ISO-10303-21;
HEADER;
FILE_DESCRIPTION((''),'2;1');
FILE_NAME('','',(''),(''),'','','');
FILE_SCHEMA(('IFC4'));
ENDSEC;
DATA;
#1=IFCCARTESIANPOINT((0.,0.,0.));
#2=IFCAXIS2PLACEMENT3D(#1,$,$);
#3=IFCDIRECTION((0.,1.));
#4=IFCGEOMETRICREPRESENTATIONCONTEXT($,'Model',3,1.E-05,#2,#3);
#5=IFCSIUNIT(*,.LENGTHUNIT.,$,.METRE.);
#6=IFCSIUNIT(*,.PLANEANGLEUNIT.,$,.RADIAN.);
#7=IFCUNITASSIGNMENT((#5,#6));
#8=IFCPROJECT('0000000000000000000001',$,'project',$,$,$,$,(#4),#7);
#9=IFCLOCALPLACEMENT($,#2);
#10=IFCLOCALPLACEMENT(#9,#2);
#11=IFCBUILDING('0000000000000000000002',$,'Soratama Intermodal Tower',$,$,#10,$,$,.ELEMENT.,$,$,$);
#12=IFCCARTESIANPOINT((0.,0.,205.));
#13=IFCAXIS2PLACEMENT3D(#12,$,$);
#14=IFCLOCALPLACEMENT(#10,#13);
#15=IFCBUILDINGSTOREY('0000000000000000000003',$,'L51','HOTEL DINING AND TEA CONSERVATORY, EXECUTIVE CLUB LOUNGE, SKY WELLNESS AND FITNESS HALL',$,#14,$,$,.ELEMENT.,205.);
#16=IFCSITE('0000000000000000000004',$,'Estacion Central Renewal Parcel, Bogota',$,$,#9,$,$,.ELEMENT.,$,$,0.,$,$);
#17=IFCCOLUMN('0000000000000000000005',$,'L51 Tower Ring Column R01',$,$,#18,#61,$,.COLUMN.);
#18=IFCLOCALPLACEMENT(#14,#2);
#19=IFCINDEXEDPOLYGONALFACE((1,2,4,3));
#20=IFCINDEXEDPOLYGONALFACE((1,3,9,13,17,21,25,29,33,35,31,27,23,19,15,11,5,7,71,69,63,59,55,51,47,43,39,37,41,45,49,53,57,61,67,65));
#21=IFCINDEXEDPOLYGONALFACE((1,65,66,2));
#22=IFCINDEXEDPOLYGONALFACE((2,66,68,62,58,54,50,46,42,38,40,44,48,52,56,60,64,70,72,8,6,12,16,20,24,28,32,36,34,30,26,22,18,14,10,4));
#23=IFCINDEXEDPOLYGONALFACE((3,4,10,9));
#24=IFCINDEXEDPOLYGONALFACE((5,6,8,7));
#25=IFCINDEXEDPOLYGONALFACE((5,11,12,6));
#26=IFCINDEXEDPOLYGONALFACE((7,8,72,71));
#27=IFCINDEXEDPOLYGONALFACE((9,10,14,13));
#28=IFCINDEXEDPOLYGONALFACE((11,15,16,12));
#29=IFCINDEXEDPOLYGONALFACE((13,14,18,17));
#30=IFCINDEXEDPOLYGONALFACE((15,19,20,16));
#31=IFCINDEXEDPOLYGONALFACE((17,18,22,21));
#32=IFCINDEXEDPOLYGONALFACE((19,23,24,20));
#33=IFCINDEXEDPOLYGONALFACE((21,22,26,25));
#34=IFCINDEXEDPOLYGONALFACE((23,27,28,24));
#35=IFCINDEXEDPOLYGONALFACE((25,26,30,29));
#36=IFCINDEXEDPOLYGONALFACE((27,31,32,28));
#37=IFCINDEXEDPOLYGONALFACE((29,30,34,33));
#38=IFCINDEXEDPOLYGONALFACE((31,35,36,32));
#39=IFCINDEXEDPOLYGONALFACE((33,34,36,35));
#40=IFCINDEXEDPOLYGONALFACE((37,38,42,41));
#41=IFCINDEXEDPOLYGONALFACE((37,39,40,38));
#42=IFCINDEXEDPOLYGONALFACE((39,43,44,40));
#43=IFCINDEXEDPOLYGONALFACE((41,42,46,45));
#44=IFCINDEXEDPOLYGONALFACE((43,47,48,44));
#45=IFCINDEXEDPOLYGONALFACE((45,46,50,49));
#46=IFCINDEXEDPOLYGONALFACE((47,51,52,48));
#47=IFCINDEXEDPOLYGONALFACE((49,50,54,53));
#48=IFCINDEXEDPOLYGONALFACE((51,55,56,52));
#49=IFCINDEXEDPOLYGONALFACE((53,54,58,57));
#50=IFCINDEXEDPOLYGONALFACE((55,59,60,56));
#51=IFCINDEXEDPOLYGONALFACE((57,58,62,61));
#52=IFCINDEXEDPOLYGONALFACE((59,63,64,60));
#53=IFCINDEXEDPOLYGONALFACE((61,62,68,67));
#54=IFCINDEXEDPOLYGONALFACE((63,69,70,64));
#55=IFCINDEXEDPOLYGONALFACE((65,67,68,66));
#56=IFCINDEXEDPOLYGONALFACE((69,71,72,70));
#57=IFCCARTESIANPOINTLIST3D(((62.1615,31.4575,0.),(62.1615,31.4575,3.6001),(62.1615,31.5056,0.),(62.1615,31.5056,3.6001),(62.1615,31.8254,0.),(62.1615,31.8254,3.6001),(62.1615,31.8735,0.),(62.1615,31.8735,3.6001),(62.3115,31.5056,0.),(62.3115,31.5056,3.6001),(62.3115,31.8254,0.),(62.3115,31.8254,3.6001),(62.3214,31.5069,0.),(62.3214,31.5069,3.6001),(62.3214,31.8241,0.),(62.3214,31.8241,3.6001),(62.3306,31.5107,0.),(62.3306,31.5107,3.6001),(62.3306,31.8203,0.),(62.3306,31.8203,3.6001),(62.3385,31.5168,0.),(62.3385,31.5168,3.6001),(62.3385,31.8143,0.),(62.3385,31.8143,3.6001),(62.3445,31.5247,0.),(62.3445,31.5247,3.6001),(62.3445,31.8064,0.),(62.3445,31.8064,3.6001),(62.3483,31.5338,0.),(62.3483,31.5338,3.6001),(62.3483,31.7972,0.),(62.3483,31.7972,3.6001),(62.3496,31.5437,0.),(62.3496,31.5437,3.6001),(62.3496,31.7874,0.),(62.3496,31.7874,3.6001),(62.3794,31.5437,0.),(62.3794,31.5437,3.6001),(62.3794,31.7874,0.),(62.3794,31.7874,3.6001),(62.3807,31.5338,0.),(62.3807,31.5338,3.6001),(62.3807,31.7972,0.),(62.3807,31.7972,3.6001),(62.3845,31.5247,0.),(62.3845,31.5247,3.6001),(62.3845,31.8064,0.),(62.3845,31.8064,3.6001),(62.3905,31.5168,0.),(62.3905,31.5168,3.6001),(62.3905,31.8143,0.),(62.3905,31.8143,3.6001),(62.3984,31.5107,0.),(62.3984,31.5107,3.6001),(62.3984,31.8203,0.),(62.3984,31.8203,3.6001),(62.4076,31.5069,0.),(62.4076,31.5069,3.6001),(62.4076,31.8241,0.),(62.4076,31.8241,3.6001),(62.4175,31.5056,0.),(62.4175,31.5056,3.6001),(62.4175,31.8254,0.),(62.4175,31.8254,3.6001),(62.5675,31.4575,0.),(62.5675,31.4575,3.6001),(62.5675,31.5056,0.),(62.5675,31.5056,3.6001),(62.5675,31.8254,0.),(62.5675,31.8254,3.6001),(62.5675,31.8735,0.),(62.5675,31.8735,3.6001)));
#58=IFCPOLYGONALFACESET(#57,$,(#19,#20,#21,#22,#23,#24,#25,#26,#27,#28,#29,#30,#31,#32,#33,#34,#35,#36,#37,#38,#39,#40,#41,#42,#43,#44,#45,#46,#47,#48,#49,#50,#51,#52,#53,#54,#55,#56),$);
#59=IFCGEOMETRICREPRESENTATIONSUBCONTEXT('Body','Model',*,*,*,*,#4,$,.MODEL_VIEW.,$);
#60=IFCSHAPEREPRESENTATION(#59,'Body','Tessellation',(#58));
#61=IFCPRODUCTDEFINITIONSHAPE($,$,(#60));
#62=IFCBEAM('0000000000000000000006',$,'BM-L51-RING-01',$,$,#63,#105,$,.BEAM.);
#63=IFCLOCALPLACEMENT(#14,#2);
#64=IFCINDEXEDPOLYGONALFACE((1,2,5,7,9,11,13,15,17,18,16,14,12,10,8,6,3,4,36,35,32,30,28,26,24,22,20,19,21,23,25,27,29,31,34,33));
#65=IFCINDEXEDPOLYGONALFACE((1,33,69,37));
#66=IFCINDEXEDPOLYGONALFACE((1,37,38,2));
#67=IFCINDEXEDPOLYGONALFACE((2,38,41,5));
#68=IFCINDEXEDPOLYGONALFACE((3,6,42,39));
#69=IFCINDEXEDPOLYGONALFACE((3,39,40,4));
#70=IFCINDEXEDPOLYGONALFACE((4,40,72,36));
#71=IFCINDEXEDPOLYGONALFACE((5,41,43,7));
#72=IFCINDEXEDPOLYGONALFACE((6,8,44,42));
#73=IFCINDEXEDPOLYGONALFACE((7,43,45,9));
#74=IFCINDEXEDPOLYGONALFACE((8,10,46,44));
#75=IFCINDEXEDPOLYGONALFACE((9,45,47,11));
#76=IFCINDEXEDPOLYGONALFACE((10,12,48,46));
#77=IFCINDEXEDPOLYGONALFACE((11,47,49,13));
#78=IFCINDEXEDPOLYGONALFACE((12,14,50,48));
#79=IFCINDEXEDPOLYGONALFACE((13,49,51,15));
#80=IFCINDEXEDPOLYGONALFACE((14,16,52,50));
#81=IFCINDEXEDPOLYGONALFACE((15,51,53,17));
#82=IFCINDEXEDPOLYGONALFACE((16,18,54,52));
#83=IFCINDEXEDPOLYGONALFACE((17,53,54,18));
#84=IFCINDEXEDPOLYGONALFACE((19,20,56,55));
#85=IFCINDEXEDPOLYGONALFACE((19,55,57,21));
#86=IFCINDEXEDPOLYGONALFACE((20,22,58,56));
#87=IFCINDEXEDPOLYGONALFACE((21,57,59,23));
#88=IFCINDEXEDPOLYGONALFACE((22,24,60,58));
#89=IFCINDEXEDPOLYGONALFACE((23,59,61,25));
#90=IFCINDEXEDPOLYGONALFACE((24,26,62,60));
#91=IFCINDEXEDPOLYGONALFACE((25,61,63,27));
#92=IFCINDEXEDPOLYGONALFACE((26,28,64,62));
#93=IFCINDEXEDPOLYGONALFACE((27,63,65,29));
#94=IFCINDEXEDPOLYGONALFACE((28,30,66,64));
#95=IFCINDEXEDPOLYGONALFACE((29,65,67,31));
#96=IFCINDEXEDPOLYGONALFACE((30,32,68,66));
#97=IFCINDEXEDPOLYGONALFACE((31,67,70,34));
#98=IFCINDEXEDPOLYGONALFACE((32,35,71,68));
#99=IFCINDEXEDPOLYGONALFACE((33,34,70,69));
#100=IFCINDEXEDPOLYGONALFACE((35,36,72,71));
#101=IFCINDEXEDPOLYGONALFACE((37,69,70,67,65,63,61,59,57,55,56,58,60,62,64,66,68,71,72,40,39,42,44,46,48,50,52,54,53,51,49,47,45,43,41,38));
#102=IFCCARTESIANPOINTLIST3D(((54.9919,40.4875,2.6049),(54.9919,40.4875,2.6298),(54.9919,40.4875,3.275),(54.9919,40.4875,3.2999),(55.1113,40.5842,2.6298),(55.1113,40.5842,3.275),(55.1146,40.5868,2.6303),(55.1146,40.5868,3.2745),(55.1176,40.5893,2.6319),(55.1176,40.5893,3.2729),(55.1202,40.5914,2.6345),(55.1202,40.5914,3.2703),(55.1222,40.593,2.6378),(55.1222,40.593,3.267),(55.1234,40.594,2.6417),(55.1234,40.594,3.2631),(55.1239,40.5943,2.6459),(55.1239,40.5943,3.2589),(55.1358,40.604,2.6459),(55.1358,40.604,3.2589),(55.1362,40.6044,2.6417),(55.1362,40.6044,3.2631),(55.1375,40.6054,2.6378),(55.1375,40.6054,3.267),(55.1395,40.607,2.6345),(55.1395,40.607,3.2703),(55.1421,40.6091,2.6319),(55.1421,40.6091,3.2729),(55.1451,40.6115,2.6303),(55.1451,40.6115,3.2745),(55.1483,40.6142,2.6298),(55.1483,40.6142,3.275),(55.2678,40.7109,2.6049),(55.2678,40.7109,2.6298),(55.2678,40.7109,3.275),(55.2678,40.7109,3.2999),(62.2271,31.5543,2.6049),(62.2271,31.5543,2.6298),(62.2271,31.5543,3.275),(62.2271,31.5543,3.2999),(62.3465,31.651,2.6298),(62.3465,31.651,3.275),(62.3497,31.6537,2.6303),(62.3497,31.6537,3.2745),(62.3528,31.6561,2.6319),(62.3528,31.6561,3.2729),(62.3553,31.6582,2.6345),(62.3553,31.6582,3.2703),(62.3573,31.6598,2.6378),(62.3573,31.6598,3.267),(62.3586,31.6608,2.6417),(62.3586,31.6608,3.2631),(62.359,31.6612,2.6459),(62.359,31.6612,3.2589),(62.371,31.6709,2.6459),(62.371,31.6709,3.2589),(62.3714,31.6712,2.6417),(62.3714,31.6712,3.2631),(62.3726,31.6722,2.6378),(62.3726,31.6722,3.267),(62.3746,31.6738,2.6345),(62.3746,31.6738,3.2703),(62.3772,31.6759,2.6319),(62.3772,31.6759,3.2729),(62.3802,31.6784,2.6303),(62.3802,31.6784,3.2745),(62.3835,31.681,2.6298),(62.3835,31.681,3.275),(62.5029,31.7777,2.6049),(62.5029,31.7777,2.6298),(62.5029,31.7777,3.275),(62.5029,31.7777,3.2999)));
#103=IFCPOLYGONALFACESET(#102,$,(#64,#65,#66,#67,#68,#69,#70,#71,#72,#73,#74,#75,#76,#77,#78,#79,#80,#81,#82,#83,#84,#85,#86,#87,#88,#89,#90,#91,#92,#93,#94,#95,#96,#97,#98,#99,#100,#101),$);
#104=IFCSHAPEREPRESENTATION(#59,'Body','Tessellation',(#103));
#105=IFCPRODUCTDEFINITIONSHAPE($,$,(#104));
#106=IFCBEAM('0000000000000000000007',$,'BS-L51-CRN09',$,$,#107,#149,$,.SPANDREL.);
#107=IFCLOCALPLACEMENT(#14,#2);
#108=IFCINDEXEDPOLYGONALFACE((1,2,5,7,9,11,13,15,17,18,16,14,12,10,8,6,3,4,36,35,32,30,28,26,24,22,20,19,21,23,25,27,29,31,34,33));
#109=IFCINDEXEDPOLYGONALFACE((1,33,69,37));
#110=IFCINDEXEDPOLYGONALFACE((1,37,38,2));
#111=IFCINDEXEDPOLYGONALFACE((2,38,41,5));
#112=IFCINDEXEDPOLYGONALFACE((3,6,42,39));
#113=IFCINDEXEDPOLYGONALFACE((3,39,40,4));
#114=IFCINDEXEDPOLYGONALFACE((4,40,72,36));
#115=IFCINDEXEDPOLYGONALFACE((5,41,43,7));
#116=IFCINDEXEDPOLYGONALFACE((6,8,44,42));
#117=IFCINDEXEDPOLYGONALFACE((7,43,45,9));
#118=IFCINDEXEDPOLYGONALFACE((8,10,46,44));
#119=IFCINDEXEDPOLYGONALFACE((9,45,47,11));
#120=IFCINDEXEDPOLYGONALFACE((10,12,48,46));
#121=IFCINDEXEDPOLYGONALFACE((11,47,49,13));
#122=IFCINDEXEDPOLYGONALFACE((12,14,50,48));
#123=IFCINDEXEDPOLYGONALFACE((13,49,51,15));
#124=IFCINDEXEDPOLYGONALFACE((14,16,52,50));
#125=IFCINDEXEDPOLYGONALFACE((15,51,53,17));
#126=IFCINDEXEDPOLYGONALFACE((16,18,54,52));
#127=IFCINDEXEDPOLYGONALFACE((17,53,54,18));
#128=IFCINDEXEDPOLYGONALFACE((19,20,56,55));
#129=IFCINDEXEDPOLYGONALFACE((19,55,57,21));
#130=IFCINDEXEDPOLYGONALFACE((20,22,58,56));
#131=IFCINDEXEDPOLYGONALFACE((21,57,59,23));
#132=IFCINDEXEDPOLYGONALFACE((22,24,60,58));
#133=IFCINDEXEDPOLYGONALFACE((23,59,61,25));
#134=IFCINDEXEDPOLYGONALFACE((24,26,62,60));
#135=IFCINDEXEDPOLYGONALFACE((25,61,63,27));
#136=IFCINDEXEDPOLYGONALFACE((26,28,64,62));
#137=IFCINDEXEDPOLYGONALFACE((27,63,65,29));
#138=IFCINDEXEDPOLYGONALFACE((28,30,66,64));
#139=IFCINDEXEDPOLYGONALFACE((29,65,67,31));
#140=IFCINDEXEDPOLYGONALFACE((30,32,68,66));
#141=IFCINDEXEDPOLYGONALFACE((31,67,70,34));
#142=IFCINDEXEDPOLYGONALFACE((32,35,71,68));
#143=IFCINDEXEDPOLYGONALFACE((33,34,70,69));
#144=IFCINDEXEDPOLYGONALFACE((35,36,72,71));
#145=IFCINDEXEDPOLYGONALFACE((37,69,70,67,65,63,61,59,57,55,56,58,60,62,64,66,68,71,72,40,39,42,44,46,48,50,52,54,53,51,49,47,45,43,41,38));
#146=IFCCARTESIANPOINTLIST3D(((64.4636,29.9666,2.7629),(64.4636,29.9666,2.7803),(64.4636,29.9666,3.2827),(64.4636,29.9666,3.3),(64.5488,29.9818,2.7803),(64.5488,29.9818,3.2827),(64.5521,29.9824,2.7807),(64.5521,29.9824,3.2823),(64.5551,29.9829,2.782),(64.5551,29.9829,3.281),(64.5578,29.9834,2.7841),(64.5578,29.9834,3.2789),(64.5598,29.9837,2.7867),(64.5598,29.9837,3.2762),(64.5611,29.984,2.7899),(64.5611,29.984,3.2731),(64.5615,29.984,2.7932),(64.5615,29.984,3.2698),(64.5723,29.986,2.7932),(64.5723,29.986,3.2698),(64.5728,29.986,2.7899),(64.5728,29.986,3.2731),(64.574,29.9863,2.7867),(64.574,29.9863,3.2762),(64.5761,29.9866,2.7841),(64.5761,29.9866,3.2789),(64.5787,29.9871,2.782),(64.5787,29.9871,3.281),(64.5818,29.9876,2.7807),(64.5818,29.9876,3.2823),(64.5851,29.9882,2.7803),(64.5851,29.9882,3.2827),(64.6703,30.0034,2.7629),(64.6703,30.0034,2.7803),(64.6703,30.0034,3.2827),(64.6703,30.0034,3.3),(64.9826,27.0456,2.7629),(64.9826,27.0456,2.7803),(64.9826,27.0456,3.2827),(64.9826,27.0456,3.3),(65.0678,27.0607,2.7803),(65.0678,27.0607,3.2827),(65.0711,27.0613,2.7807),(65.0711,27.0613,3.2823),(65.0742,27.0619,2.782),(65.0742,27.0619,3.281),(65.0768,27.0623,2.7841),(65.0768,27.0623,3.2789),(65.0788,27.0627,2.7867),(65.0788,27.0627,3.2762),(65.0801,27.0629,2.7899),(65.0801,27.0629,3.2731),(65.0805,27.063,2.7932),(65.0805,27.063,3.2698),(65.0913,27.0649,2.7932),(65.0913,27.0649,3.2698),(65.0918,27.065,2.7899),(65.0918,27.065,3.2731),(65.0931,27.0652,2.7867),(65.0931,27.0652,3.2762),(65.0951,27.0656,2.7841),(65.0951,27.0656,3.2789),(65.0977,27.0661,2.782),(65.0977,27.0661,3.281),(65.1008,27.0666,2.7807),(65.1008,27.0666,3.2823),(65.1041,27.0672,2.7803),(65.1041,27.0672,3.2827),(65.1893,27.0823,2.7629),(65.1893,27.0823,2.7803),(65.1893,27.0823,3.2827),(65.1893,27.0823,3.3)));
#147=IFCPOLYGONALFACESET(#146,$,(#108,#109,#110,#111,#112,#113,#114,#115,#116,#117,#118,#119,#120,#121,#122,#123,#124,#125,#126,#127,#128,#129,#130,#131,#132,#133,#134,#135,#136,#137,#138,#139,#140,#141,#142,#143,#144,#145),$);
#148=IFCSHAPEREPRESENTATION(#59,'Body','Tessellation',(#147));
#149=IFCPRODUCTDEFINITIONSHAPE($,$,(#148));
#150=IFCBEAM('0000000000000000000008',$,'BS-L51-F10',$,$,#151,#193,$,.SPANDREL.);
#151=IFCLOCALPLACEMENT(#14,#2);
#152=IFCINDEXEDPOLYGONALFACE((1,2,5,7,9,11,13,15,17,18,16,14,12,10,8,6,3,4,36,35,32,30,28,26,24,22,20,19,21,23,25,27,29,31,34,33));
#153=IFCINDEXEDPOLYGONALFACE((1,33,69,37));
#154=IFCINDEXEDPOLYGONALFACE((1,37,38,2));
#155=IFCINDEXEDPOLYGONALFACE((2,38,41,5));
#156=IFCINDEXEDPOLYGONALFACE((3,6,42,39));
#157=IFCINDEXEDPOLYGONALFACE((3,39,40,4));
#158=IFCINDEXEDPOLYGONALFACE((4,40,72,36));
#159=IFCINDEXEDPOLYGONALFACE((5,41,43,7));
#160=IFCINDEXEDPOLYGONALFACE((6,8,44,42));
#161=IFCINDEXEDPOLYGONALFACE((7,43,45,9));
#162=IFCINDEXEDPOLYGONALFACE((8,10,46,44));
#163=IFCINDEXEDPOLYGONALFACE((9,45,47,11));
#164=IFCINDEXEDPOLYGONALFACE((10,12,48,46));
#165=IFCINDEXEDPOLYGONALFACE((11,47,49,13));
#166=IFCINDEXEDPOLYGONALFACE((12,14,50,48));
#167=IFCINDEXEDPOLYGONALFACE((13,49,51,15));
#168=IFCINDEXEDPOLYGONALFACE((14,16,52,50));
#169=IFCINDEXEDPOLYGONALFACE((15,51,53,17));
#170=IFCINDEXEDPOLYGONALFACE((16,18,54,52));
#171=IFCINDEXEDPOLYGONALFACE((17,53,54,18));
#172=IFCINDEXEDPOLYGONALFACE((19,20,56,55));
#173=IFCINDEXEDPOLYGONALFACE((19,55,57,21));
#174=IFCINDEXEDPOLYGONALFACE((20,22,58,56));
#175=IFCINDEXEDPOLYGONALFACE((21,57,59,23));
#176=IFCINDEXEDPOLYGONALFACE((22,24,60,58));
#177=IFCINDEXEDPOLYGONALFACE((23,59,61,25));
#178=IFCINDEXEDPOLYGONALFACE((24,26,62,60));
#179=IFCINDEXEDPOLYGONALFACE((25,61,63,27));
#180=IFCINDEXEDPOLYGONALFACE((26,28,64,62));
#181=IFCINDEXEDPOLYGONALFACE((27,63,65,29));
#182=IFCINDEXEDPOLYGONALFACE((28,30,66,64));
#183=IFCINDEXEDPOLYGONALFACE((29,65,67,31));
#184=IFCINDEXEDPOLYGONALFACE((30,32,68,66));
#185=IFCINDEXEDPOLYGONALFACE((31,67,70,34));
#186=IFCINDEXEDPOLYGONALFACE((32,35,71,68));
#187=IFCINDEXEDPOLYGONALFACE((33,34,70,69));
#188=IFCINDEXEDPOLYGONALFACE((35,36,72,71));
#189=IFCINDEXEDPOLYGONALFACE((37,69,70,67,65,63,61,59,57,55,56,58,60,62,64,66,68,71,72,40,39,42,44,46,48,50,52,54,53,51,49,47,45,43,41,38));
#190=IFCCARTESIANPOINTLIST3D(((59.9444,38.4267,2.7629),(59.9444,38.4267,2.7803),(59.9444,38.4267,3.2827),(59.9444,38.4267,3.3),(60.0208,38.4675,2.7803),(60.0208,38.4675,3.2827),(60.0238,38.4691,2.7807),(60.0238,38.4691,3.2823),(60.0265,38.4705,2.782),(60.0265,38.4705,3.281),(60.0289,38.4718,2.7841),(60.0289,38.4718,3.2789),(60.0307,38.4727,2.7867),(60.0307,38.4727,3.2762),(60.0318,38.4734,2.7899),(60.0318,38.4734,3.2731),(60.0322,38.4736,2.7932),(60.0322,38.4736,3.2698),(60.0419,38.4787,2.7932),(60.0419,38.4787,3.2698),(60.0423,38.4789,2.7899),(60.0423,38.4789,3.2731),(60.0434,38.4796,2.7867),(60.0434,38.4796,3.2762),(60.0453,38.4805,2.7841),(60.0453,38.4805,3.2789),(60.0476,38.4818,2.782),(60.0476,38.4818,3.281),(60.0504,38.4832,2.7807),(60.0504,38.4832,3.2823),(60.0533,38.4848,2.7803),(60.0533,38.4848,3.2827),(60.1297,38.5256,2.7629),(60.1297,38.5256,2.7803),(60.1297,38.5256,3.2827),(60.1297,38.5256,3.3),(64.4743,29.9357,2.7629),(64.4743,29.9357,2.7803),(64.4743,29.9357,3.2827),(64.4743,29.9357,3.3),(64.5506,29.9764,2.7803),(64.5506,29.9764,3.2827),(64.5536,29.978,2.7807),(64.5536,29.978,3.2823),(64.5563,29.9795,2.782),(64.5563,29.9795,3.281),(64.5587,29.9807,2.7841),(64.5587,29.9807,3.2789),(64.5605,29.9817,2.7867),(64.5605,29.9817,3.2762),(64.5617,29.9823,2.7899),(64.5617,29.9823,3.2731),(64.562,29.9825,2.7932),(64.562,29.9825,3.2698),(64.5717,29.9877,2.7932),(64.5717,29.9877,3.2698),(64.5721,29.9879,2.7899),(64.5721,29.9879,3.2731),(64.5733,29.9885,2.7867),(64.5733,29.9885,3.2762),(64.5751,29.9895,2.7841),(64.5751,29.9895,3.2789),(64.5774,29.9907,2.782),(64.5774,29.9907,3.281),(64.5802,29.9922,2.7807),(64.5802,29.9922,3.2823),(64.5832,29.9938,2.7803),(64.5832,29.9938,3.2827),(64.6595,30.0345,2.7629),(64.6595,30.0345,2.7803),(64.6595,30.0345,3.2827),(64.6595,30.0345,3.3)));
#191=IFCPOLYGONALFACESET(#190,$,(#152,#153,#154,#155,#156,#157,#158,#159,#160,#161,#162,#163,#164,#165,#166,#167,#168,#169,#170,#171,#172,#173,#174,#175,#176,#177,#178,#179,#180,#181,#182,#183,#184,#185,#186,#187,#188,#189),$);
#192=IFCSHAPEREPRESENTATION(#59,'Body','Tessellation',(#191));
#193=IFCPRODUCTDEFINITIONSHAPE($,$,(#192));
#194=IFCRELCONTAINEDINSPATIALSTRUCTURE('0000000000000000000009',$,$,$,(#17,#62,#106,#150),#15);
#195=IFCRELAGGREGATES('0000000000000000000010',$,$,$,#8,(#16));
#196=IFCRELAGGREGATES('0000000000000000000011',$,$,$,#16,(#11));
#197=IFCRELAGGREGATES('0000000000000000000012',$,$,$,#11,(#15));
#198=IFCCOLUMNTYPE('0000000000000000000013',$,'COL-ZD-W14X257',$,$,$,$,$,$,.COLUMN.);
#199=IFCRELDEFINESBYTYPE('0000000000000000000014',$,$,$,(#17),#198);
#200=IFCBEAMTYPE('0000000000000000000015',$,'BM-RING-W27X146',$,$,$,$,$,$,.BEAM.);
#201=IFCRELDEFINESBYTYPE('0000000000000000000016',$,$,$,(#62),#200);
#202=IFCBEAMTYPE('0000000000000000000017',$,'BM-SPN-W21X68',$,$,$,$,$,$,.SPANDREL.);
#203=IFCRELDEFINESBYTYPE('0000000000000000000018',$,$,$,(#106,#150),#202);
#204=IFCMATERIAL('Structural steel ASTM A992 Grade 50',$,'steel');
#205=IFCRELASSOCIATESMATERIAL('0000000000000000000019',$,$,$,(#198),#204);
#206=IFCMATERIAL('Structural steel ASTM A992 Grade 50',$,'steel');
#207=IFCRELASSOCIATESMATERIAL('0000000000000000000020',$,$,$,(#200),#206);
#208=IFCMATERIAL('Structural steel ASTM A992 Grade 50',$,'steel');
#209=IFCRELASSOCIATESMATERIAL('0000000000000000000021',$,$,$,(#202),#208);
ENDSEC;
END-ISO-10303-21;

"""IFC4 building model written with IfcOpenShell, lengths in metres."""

from ifc_helpers import new_model, si_unit, direction, frame, origin, origin_2d, place, context, subcontext, project, spatial, i_section, extrude, material, material_profile, profile_set, type_object, element, save


model = new_model("IFC4")

# Units and contexts
model_context = context("Model", 3, precision=1e-05, world=origin(), true_north=direction((0.0, 1.0)))
body_context = subcontext(model_context, "Body", "Model", "MODEL_VIEW")
ifc_project = project(units=[si_unit("LENGTHUNIT", "METRE"), si_unit("PLANEANGLEUNIT", "RADIAN")], contexts=[model_context])

# Site, building, storey
site_placement = place(None, origin())
site = spatial("IfcSite", under=ifc_project, at=site_placement, Name="Estacion Central Renewal Parcel, Bogota", CompositionType="ELEMENT", RefElevation=0.0)
building_placement = place(site_placement, origin())
building = spatial("IfcBuilding", under=site, at=building_placement, Name="Soratama Intermodal Tower", CompositionType="ELEMENT")
storey_placement = place(building_placement, frame((0.0, 0.0, 205.0)))
storey = spatial("IfcBuildingStorey", under=building, at=storey_placement, Name="L51", Description="HOTEL DINING AND TEA CONSERVATORY, EXECUTIVE CLUB LOUNGE, SKY WELLNESS AND FITNESS HALL", CompositionType="ELEMENT", Elevation=205.0)

# Column
ifc_material_1 = material(Name="Structural steel ASTM A992 Grade 50", Category="steel")
ifc_material_profile_1 = material_profile(ifc_material_1, i_section(OverallWidth=0.406, OverallDepth=0.416, WebThickness=0.0298, FlangeThickness=0.0481, FilletRadius=0.0381, at=origin_2d()), Name="W14X257")
ifc_profile_set_1 = profile_set([ifc_material_profile_1], Name="Structural steel ASTM A992 Grade 50")
column_type = type_object("IfcColumnType", Name="COL-ZD-W14X257", PredefinedType="COLUMN", material=ifc_profile_set_1)
column_placement = place(storey_placement, frame((62.3645, 31.6655, 0.0), z_axis=(0.0, 0.0, 1.0), x_axis=(1.0, 0.0, 0.0)))
element("IfcColumn", 1, at=column_placement, inside=storey, type_object=column_type, Name="L51 Tower Ring Column R01", PredefinedType="COLUMN", context=body_context, shape_type="SweptSolid", body=[
    extrude(i_section(OverallWidth=0.406, OverallDepth=0.416, WebThickness=0.0298, FlangeThickness=0.0481, FilletRadius=0.0381, at=origin_2d()), origin(), (0.0, 0.0, 1.0), 3.6001),
])

# Beams
ifc_material_2 = material(Name="Structural steel ASTM A992 Grade 50", Category="steel")
ifc_material_profile_2 = material_profile(ifc_material_2, i_section(OverallWidth=0.355, OverallDepth=0.6951, WebThickness=0.0154, FlangeThickness=0.0249, FilletRadius=0.0161, at=origin_2d()), Name="W27X146")
ifc_profile_set_2 = profile_set([ifc_material_profile_2], Name="Structural steel ASTM A992 Grade 50")
beam_type_1 = type_object("IfcBeamType", Name="BM-RING-W27X146", PredefinedType="BEAM", material=ifc_profile_set_2)
beam_1_placement = place(storey_placement, frame((62.365, 31.666, 2.9524), z_axis=(-0.629385, 0.777094, 0.0), x_axis=(-0.777094, -0.629385, 0.0)))
element("IfcBeam", 2, at=beam_1_placement, inside=storey, type_object=beam_type_1, Name="BM-L51-RING-01", PredefinedType="BEAM", context=body_context, shape_type="SweptSolid", body=[
    extrude(i_section(OverallWidth=0.355, OverallDepth=0.6951, WebThickness=0.0154, FlangeThickness=0.0249, FilletRadius=0.0161, at=origin_2d()), origin(), (0.0, 0.0, 1.0), 11.4956),
])
ifc_material_3 = material(Name="Structural steel ASTM A992 Grade 50", Category="steel")
ifc_material_profile_3 = material_profile(ifc_material_3, i_section(OverallWidth=0.21, OverallDepth=0.5371, WebThickness=0.011, FlangeThickness=0.0173, FilletRadius=0.0129, at=origin_2d()), Name="W21X68")
ifc_profile_set_3 = profile_set([ifc_material_profile_3], Name="Structural steel ASTM A992 Grade 50")
beam_type_2 = type_object("IfcBeamType", Name="BM-SPN-W21X68", PredefinedType="SPANDREL", material=ifc_profile_set_3)
beam_2_placement = place(storey_placement, frame((65.0859, 27.064, 3.0315), z_axis=(-0.174945, 0.984578, 0.0), x_axis=(-0.984578, -0.174945, 0.0)))
element("IfcBeam", 3, at=beam_2_placement, inside=storey, type_object=beam_type_2, Name="BS-L51-CRN09", PredefinedType="SPANDREL", context=body_context, shape_type="SweptSolid", body=[
    extrude(i_section(OverallWidth=0.21, OverallDepth=0.5371, WebThickness=0.011, FlangeThickness=0.0173, FilletRadius=0.0129, at=origin_2d()), origin(), (0.0, 0.0, 1.0), 2.9668),
])
beam_3_placement = place(storey_placement, frame((64.5669, 29.9851, 3.0315), z_axis=(-0.470691, 0.882298, 0.0), x_axis=(-0.882298, -0.470691, 0.0)))
element("IfcBeam", 4, at=beam_3_placement, inside=storey, type_object=beam_type_2, Name="BS-L51-F10", PredefinedType="SPANDREL", context=body_context, shape_type="SweptSolid", body=[
    extrude(i_section(OverallWidth=0.21, OverallDepth=0.5371, WebThickness=0.011, FlangeThickness=0.0173, FilletRadius=0.0129, at=origin_2d()), origin(), (0.0, 0.0, 1.0), 9.6238),
])

save(model, "model.ifc")
